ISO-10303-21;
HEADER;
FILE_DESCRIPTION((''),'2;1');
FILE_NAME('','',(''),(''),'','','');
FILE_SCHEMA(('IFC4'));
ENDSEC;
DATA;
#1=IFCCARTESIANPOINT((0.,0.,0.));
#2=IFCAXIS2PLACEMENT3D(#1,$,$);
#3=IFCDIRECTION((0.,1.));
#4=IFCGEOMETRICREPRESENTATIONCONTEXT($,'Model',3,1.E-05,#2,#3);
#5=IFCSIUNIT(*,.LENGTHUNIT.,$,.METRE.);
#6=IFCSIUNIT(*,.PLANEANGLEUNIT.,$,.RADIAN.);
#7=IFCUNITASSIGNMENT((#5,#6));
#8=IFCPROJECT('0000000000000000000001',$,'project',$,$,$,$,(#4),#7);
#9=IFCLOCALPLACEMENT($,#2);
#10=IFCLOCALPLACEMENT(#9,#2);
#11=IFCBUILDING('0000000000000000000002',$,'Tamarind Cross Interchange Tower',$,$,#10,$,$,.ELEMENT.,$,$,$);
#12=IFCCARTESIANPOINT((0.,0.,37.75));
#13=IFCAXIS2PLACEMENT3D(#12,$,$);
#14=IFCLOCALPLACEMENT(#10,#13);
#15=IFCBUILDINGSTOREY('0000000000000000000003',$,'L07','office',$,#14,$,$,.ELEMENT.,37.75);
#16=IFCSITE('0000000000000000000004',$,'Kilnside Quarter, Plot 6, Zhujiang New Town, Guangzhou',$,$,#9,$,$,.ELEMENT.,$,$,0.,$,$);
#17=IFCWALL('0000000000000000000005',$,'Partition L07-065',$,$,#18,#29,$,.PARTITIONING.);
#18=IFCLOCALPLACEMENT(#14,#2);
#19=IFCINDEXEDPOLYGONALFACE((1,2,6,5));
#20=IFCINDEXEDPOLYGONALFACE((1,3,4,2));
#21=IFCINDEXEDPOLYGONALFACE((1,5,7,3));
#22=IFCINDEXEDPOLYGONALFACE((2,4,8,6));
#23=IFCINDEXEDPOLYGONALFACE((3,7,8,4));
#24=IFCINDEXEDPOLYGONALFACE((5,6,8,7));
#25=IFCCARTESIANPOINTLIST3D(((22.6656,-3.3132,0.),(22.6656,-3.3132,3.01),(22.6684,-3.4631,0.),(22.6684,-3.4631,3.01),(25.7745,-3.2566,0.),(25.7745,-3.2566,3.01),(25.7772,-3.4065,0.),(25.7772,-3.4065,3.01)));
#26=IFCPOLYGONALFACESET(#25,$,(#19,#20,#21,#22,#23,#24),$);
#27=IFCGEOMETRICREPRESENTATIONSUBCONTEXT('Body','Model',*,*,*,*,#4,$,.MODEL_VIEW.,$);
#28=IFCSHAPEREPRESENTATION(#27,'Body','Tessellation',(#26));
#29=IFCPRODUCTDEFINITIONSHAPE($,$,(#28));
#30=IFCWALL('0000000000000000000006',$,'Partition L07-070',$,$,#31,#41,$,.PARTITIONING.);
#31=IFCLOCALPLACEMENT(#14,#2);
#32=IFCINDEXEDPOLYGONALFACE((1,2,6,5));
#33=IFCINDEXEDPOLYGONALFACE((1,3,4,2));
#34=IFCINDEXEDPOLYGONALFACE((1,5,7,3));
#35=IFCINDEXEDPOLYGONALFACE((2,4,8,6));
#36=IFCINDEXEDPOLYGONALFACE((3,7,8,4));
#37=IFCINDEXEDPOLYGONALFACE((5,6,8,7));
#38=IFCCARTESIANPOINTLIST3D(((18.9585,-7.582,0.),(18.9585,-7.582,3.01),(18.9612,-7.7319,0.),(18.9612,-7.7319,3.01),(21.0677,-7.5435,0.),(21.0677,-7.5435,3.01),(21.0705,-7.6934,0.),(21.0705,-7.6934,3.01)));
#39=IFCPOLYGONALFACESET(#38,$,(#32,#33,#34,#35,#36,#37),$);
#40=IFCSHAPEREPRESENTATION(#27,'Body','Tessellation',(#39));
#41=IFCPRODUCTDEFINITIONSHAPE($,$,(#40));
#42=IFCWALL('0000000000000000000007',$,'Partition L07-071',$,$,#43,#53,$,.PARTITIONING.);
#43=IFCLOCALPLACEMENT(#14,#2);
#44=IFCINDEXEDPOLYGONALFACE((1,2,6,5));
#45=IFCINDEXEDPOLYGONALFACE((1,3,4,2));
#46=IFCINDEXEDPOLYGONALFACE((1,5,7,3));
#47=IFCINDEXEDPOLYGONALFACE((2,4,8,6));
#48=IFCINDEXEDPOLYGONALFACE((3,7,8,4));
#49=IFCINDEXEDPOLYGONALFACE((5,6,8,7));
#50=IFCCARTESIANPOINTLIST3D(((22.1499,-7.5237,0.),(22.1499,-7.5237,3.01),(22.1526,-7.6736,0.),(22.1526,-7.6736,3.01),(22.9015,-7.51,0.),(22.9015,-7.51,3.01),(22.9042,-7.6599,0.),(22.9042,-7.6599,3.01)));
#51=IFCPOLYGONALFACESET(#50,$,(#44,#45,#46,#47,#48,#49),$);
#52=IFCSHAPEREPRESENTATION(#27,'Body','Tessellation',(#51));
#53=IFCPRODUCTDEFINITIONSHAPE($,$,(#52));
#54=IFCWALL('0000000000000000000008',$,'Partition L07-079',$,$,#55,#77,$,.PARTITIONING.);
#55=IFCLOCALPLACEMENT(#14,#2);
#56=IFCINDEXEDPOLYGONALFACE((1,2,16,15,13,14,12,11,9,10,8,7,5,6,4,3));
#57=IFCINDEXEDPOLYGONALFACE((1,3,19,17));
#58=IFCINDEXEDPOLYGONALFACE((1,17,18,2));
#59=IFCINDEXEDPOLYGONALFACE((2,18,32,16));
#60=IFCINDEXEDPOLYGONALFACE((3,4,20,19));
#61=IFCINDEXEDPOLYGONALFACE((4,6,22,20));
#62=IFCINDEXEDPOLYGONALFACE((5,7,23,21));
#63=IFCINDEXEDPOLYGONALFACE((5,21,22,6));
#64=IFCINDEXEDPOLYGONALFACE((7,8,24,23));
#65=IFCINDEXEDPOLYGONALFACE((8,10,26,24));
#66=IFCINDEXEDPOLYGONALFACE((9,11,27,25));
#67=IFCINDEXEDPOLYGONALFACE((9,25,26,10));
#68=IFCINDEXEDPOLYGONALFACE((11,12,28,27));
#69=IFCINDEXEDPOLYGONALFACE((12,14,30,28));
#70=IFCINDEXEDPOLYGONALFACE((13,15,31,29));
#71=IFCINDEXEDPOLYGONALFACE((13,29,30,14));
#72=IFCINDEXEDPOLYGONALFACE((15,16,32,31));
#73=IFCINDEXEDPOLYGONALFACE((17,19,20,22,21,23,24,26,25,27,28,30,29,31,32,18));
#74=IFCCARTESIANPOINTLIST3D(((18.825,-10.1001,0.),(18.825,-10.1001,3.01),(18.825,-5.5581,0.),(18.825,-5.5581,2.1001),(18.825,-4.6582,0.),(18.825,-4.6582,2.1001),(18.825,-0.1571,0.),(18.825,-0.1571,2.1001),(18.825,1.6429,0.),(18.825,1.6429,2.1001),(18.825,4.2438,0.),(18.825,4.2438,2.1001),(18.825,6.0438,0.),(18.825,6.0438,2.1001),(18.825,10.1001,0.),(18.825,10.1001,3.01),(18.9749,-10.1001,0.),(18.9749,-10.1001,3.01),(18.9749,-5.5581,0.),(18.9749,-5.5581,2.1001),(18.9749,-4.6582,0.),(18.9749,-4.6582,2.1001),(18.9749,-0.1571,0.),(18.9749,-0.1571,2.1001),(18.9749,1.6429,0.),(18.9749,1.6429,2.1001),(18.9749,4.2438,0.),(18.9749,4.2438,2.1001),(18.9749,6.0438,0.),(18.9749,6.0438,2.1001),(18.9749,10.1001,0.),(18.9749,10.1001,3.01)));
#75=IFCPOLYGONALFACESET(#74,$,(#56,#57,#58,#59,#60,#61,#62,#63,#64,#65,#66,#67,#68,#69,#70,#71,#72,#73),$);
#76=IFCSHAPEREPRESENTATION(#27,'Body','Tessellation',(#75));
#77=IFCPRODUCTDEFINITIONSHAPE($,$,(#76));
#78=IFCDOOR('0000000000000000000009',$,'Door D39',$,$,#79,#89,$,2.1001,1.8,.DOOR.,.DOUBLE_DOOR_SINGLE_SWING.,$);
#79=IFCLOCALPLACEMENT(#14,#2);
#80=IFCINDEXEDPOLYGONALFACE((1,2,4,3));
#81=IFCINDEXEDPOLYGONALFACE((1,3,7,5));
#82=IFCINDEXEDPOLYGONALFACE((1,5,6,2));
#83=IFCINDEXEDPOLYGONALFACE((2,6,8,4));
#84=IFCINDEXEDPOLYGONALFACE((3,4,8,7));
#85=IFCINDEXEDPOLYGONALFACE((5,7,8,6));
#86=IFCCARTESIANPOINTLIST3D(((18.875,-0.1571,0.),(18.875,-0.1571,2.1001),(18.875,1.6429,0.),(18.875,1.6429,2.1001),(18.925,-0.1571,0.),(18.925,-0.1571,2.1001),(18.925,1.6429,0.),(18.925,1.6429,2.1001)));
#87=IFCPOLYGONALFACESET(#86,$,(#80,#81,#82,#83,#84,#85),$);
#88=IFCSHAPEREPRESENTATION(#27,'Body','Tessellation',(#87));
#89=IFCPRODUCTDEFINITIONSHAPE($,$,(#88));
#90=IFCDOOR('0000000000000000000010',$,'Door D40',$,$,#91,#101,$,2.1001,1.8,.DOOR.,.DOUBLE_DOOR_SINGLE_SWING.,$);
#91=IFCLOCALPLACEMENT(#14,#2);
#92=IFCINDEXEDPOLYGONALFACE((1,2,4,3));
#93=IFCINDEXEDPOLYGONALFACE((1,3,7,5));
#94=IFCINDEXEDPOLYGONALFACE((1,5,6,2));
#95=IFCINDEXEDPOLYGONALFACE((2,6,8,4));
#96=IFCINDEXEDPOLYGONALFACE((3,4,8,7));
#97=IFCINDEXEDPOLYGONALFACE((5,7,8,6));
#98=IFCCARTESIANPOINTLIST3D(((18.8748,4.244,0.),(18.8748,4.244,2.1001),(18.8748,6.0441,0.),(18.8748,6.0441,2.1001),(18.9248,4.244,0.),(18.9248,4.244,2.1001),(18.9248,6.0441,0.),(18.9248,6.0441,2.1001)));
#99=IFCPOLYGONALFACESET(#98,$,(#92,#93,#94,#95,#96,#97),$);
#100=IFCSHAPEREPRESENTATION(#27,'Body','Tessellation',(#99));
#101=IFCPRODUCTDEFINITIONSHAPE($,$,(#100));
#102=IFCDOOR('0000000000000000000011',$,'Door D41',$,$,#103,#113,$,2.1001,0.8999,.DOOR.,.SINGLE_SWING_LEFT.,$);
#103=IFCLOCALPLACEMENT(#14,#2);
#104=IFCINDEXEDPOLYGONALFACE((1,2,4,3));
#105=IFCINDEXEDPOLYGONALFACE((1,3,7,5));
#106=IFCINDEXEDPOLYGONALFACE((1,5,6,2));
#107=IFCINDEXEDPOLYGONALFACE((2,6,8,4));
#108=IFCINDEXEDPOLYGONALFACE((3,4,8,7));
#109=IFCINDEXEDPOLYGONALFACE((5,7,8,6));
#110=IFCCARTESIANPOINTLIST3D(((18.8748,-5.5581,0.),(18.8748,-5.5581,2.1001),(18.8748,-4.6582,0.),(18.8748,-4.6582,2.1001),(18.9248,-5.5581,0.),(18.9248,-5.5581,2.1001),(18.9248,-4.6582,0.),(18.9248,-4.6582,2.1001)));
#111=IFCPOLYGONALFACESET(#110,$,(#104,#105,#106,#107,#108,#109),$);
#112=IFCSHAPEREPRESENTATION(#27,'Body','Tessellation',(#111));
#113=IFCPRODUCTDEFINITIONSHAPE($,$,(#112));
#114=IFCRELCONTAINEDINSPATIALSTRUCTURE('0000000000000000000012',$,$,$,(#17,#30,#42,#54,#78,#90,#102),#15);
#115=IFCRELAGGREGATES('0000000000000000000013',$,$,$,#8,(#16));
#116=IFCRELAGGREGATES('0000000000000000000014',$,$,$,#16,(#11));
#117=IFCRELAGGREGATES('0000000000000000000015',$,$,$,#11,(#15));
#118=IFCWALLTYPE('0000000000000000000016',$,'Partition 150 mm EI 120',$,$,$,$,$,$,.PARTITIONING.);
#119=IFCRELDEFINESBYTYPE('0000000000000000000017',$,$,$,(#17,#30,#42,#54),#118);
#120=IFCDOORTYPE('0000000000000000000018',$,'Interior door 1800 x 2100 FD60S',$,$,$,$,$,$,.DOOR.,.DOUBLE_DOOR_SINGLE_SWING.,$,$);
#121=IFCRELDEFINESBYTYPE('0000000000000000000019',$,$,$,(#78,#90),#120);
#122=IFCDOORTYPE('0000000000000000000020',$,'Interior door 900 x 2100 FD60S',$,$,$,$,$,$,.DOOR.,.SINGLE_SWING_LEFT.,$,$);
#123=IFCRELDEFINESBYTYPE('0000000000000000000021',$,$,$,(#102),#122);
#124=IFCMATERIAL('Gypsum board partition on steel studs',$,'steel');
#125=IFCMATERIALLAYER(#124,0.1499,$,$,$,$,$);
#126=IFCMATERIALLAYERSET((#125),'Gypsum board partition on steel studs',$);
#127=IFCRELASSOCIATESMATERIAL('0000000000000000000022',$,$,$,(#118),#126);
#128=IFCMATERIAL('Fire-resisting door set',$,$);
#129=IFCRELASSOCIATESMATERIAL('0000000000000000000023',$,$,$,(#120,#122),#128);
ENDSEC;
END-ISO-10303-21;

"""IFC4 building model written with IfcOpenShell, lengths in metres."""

from ifc_helpers import new_model, si_unit, direction, frame, frame_2d, origin, place, context, subcontext, project, spatial, rectangle, extrude, material, layer, layer_set, type_object, element, fill, save


model = new_model("IFC4")

# Units and contexts
model_context = context("Model", 3, precision=1e-05, world=origin(), true_north=direction((0.0, 1.0)))
body_context = subcontext(model_context, "Body", "Model", "MODEL_VIEW")
ifc_project = project(units=[si_unit("LENGTHUNIT", "METRE"), si_unit("PLANEANGLEUNIT", "RADIAN")], contexts=[model_context])

# Site, building, storey
site_placement = place(None, origin())
site = spatial("IfcSite", under=ifc_project, at=site_placement, Name="Kilnside Quarter, Plot 6, Zhujiang New Town, Guangzhou", CompositionType="ELEMENT", RefElevation=0.0)
building_placement = place(site_placement, origin())
building = spatial("IfcBuilding", under=site, at=building_placement, Name="Tamarind Cross Interchange Tower", CompositionType="ELEMENT")
storey_placement = place(building_placement, frame((0.0, 0.0, 37.75)))
storey = spatial("IfcBuildingStorey", under=building, at=storey_placement, Name="L07", Description="office", CompositionType="ELEMENT", Elevation=37.75)

# Walls
ifc_material_1 = material(Name="Gypsum board partition on steel studs", Category="steel")
ifc_layer_1 = layer(ifc_material_1, 0.1499)
ifc_layer_set_1 = layer_set([ifc_layer_1], Name="Gypsum board partition on steel studs")
wall_type_1 = type_object("IfcWallType", Name="Partition 150 mm EI 120", PredefinedType="PARTITIONING", material=ifc_layer_set_1)
wall_1_placement = place(storey_placement, frame((22.667, -3.3882, 0.0), z_axis=(0.0, 0.0, 1.0), x_axis=(0.999834, 0.018216, 0.0)))
element("IfcWall", 1, at=wall_1_placement, inside=storey, type_object=wall_type_1, Name="Partition L07-065", PredefinedType="PARTITIONING", context=body_context, shape_type="SweptSolid", body=[
    extrude(rectangle(XDim=3.1094, YDim=0.1499, at=frame_2d((1.5547, 0.0))), origin(), (0.0, 0.0, 1.0), 3.01),
])
wall_2_placement = place(storey_placement, frame((18.96, -7.657, 0.0), z_axis=(0.0, 0.0, 1.0), x_axis=(0.999833, 0.018284, 0.0)))
element("IfcWall", 2, at=wall_2_placement, inside=storey, type_object=wall_type_1, Name="Partition L07-070", PredefinedType="PARTITIONING", context=body_context, shape_type="SweptSolid", body=[
    extrude(rectangle(XDim=2.1096, YDim=0.1499, at=frame_2d((1.0547, 0.0))), origin(), (0.0, 0.0, 1.0), 3.01),
])
wall_3_placement = place(storey_placement, frame((22.1511, -7.5986, 0.0), z_axis=(0.0, 0.0, 1.0), x_axis=(0.999835, 0.018191, 0.0)))
element("IfcWall", 3, at=wall_3_placement, inside=storey, type_object=wall_type_1, Name="Partition L07-071", PredefinedType="PARTITIONING", context=body_context, shape_type="SweptSolid", body=[
    extrude(rectangle(XDim=0.7517, YDim=0.1499, at=frame_2d((0.376, 0.0))), origin(), (0.0, 0.0, 1.0), 3.01),
])

# Wall, openings, doors
wall_4_placement = place(storey_placement, frame((18.8999, -10.1001, 0.0), z_axis=(0.0, 0.0, 1.0), x_axis=(0.0, 1.0, 0.0)))
wall_4 = element("IfcWall", 4, at=wall_4_placement, inside=storey, type_object=wall_type_1, Name="Partition L07-079", PredefinedType="PARTITIONING", context=body_context, shape_type="SweptSolid", body=[
    extrude(rectangle(XDim=20.2002, YDim=0.1499, at=frame_2d((10.1001, 0.0))), origin(), (0.0, 0.0, 1.0), 3.01),
])
opening_1_placement = place(wall_4_placement, frame((9.9431, 0.0, 0.0)))
opening_1 = element("IfcOpeningElement", 5, at=opening_1_placement, cuts=wall_4, PredefinedType="OPENING", context=body_context, shape_type="SweptSolid", body=[
    extrude(rectangle(XDim=1.8, YDim=2.1001, at=frame_2d((0.8999, 1.05))), frame((0.0, 0.085, 0.0), z_axis=(0.0, -1.0, 0.0), x_axis=(1.0, 0.0, 0.0)), (0.0, 0.0, 1.0), 0.1699),
])
opening_2_placement = place(wall_4_placement, frame((14.344, 0.0, 0.0)))
opening_2 = element("IfcOpeningElement", 6, at=opening_2_placement, cuts=wall_4, PredefinedType="OPENING", context=body_context, shape_type="SweptSolid", body=[
    extrude(rectangle(XDim=1.8, YDim=2.1001, at=frame_2d((0.8999, 1.05))), frame((0.0, 0.085, 0.0), z_axis=(0.0, -1.0, 0.0), x_axis=(1.0, 0.0, 0.0)), (0.0, 0.0, 1.0), 0.1699),
])
opening_3_placement = place(wall_4_placement, frame((4.542, 0.0, 0.0)))
opening_3 = element("IfcOpeningElement", 7, at=opening_3_placement, cuts=wall_4, PredefinedType="OPENING", context=body_context, shape_type="SweptSolid", body=[
    extrude(rectangle(XDim=0.8999, YDim=2.1001, at=frame_2d((0.45, 1.05))), frame((0.0, 0.085, 0.0), z_axis=(0.0, -1.0, 0.0), x_axis=(1.0, 0.0, 0.0)), (0.0, 0.0, 1.0), 0.1699),
])
ifc_material_2 = material(Name="Fire-resisting door set")
door_type_1 = type_object("IfcDoorType", Name="Interior door 1800 x 2100 FD60S", OperationType="DOUBLE_DOOR_SINGLE_SWING", PredefinedType="DOOR", material=ifc_material_2)
door_1_placement = place(opening_1_placement, origin())
door_1 = element("IfcDoor", 8, at=door_1_placement, inside=storey, type_object=door_type_1, Name="Door D39", OperationType="DOUBLE_DOOR_SINGLE_SWING", OverallHeight=2.1001, OverallWidth=1.8, PredefinedType="DOOR", context=body_context, shape_type="SweptSolid", body=[
    extrude(rectangle(XDim=1.8, YDim=2.1001, at=frame_2d((0.8999, 1.05))), frame((0.0, 0.0249, 0.0), z_axis=(0.0, -1.0, 0.0), x_axis=(1.0, 0.0, 0.0)), (0.0, 0.0, 1.0), 0.05),
])
fill(opening_1, door_1)
door_2_placement = place(opening_2_placement, frame((1.8, 0.0, 0.0), z_axis=(0.0, 0.0, 1.0), x_axis=(-1.0, 0.0, 0.0)))
door_2 = element("IfcDoor", 9, at=door_2_placement, inside=storey, type_object=door_type_1, Name="Door D40", OperationType="DOUBLE_DOOR_SINGLE_SWING", OverallHeight=2.1001, OverallWidth=1.8, PredefinedType="DOOR", context=body_context, shape_type="SweptSolid", body=[
    extrude(rectangle(XDim=1.8, YDim=2.1001, at=frame_2d((0.8999, 1.05))), frame((0.0, 0.0249, 0.0), z_axis=(0.0, -1.0, 0.0), x_axis=(1.0, 0.0, 0.0)), (0.0, 0.0, 1.0), 0.05),
])
fill(opening_2, door_2)
door_type_2 = type_object("IfcDoorType", Name="Interior door 900 x 2100 FD60S", OperationType="SINGLE_SWING_LEFT", PredefinedType="DOOR", material=ifc_material_2)
door_3_placement = place(opening_3_placement, frame((0.8999, 0.0, 0.0), z_axis=(0.0, 0.0, 1.0), x_axis=(-1.0, 0.0, 0.0)))
door_3 = element("IfcDoor", 10, at=door_3_placement, inside=storey, type_object=door_type_2, Name="Door D41", OperationType="SINGLE_SWING_LEFT", OverallHeight=2.1001, OverallWidth=0.8999, PredefinedType="DOOR", context=body_context, shape_type="SweptSolid", body=[
    extrude(rectangle(XDim=0.8999, YDim=2.1001, at=frame_2d((0.45, 1.05))), frame((0.0, 0.0249, 0.0), z_axis=(0.0, -1.0, 0.0), x_axis=(1.0, 0.0, 0.0)), (0.0, 0.0, 1.0), 0.05),
])
fill(opening_3, door_3)

save(model, "model.ifc")
